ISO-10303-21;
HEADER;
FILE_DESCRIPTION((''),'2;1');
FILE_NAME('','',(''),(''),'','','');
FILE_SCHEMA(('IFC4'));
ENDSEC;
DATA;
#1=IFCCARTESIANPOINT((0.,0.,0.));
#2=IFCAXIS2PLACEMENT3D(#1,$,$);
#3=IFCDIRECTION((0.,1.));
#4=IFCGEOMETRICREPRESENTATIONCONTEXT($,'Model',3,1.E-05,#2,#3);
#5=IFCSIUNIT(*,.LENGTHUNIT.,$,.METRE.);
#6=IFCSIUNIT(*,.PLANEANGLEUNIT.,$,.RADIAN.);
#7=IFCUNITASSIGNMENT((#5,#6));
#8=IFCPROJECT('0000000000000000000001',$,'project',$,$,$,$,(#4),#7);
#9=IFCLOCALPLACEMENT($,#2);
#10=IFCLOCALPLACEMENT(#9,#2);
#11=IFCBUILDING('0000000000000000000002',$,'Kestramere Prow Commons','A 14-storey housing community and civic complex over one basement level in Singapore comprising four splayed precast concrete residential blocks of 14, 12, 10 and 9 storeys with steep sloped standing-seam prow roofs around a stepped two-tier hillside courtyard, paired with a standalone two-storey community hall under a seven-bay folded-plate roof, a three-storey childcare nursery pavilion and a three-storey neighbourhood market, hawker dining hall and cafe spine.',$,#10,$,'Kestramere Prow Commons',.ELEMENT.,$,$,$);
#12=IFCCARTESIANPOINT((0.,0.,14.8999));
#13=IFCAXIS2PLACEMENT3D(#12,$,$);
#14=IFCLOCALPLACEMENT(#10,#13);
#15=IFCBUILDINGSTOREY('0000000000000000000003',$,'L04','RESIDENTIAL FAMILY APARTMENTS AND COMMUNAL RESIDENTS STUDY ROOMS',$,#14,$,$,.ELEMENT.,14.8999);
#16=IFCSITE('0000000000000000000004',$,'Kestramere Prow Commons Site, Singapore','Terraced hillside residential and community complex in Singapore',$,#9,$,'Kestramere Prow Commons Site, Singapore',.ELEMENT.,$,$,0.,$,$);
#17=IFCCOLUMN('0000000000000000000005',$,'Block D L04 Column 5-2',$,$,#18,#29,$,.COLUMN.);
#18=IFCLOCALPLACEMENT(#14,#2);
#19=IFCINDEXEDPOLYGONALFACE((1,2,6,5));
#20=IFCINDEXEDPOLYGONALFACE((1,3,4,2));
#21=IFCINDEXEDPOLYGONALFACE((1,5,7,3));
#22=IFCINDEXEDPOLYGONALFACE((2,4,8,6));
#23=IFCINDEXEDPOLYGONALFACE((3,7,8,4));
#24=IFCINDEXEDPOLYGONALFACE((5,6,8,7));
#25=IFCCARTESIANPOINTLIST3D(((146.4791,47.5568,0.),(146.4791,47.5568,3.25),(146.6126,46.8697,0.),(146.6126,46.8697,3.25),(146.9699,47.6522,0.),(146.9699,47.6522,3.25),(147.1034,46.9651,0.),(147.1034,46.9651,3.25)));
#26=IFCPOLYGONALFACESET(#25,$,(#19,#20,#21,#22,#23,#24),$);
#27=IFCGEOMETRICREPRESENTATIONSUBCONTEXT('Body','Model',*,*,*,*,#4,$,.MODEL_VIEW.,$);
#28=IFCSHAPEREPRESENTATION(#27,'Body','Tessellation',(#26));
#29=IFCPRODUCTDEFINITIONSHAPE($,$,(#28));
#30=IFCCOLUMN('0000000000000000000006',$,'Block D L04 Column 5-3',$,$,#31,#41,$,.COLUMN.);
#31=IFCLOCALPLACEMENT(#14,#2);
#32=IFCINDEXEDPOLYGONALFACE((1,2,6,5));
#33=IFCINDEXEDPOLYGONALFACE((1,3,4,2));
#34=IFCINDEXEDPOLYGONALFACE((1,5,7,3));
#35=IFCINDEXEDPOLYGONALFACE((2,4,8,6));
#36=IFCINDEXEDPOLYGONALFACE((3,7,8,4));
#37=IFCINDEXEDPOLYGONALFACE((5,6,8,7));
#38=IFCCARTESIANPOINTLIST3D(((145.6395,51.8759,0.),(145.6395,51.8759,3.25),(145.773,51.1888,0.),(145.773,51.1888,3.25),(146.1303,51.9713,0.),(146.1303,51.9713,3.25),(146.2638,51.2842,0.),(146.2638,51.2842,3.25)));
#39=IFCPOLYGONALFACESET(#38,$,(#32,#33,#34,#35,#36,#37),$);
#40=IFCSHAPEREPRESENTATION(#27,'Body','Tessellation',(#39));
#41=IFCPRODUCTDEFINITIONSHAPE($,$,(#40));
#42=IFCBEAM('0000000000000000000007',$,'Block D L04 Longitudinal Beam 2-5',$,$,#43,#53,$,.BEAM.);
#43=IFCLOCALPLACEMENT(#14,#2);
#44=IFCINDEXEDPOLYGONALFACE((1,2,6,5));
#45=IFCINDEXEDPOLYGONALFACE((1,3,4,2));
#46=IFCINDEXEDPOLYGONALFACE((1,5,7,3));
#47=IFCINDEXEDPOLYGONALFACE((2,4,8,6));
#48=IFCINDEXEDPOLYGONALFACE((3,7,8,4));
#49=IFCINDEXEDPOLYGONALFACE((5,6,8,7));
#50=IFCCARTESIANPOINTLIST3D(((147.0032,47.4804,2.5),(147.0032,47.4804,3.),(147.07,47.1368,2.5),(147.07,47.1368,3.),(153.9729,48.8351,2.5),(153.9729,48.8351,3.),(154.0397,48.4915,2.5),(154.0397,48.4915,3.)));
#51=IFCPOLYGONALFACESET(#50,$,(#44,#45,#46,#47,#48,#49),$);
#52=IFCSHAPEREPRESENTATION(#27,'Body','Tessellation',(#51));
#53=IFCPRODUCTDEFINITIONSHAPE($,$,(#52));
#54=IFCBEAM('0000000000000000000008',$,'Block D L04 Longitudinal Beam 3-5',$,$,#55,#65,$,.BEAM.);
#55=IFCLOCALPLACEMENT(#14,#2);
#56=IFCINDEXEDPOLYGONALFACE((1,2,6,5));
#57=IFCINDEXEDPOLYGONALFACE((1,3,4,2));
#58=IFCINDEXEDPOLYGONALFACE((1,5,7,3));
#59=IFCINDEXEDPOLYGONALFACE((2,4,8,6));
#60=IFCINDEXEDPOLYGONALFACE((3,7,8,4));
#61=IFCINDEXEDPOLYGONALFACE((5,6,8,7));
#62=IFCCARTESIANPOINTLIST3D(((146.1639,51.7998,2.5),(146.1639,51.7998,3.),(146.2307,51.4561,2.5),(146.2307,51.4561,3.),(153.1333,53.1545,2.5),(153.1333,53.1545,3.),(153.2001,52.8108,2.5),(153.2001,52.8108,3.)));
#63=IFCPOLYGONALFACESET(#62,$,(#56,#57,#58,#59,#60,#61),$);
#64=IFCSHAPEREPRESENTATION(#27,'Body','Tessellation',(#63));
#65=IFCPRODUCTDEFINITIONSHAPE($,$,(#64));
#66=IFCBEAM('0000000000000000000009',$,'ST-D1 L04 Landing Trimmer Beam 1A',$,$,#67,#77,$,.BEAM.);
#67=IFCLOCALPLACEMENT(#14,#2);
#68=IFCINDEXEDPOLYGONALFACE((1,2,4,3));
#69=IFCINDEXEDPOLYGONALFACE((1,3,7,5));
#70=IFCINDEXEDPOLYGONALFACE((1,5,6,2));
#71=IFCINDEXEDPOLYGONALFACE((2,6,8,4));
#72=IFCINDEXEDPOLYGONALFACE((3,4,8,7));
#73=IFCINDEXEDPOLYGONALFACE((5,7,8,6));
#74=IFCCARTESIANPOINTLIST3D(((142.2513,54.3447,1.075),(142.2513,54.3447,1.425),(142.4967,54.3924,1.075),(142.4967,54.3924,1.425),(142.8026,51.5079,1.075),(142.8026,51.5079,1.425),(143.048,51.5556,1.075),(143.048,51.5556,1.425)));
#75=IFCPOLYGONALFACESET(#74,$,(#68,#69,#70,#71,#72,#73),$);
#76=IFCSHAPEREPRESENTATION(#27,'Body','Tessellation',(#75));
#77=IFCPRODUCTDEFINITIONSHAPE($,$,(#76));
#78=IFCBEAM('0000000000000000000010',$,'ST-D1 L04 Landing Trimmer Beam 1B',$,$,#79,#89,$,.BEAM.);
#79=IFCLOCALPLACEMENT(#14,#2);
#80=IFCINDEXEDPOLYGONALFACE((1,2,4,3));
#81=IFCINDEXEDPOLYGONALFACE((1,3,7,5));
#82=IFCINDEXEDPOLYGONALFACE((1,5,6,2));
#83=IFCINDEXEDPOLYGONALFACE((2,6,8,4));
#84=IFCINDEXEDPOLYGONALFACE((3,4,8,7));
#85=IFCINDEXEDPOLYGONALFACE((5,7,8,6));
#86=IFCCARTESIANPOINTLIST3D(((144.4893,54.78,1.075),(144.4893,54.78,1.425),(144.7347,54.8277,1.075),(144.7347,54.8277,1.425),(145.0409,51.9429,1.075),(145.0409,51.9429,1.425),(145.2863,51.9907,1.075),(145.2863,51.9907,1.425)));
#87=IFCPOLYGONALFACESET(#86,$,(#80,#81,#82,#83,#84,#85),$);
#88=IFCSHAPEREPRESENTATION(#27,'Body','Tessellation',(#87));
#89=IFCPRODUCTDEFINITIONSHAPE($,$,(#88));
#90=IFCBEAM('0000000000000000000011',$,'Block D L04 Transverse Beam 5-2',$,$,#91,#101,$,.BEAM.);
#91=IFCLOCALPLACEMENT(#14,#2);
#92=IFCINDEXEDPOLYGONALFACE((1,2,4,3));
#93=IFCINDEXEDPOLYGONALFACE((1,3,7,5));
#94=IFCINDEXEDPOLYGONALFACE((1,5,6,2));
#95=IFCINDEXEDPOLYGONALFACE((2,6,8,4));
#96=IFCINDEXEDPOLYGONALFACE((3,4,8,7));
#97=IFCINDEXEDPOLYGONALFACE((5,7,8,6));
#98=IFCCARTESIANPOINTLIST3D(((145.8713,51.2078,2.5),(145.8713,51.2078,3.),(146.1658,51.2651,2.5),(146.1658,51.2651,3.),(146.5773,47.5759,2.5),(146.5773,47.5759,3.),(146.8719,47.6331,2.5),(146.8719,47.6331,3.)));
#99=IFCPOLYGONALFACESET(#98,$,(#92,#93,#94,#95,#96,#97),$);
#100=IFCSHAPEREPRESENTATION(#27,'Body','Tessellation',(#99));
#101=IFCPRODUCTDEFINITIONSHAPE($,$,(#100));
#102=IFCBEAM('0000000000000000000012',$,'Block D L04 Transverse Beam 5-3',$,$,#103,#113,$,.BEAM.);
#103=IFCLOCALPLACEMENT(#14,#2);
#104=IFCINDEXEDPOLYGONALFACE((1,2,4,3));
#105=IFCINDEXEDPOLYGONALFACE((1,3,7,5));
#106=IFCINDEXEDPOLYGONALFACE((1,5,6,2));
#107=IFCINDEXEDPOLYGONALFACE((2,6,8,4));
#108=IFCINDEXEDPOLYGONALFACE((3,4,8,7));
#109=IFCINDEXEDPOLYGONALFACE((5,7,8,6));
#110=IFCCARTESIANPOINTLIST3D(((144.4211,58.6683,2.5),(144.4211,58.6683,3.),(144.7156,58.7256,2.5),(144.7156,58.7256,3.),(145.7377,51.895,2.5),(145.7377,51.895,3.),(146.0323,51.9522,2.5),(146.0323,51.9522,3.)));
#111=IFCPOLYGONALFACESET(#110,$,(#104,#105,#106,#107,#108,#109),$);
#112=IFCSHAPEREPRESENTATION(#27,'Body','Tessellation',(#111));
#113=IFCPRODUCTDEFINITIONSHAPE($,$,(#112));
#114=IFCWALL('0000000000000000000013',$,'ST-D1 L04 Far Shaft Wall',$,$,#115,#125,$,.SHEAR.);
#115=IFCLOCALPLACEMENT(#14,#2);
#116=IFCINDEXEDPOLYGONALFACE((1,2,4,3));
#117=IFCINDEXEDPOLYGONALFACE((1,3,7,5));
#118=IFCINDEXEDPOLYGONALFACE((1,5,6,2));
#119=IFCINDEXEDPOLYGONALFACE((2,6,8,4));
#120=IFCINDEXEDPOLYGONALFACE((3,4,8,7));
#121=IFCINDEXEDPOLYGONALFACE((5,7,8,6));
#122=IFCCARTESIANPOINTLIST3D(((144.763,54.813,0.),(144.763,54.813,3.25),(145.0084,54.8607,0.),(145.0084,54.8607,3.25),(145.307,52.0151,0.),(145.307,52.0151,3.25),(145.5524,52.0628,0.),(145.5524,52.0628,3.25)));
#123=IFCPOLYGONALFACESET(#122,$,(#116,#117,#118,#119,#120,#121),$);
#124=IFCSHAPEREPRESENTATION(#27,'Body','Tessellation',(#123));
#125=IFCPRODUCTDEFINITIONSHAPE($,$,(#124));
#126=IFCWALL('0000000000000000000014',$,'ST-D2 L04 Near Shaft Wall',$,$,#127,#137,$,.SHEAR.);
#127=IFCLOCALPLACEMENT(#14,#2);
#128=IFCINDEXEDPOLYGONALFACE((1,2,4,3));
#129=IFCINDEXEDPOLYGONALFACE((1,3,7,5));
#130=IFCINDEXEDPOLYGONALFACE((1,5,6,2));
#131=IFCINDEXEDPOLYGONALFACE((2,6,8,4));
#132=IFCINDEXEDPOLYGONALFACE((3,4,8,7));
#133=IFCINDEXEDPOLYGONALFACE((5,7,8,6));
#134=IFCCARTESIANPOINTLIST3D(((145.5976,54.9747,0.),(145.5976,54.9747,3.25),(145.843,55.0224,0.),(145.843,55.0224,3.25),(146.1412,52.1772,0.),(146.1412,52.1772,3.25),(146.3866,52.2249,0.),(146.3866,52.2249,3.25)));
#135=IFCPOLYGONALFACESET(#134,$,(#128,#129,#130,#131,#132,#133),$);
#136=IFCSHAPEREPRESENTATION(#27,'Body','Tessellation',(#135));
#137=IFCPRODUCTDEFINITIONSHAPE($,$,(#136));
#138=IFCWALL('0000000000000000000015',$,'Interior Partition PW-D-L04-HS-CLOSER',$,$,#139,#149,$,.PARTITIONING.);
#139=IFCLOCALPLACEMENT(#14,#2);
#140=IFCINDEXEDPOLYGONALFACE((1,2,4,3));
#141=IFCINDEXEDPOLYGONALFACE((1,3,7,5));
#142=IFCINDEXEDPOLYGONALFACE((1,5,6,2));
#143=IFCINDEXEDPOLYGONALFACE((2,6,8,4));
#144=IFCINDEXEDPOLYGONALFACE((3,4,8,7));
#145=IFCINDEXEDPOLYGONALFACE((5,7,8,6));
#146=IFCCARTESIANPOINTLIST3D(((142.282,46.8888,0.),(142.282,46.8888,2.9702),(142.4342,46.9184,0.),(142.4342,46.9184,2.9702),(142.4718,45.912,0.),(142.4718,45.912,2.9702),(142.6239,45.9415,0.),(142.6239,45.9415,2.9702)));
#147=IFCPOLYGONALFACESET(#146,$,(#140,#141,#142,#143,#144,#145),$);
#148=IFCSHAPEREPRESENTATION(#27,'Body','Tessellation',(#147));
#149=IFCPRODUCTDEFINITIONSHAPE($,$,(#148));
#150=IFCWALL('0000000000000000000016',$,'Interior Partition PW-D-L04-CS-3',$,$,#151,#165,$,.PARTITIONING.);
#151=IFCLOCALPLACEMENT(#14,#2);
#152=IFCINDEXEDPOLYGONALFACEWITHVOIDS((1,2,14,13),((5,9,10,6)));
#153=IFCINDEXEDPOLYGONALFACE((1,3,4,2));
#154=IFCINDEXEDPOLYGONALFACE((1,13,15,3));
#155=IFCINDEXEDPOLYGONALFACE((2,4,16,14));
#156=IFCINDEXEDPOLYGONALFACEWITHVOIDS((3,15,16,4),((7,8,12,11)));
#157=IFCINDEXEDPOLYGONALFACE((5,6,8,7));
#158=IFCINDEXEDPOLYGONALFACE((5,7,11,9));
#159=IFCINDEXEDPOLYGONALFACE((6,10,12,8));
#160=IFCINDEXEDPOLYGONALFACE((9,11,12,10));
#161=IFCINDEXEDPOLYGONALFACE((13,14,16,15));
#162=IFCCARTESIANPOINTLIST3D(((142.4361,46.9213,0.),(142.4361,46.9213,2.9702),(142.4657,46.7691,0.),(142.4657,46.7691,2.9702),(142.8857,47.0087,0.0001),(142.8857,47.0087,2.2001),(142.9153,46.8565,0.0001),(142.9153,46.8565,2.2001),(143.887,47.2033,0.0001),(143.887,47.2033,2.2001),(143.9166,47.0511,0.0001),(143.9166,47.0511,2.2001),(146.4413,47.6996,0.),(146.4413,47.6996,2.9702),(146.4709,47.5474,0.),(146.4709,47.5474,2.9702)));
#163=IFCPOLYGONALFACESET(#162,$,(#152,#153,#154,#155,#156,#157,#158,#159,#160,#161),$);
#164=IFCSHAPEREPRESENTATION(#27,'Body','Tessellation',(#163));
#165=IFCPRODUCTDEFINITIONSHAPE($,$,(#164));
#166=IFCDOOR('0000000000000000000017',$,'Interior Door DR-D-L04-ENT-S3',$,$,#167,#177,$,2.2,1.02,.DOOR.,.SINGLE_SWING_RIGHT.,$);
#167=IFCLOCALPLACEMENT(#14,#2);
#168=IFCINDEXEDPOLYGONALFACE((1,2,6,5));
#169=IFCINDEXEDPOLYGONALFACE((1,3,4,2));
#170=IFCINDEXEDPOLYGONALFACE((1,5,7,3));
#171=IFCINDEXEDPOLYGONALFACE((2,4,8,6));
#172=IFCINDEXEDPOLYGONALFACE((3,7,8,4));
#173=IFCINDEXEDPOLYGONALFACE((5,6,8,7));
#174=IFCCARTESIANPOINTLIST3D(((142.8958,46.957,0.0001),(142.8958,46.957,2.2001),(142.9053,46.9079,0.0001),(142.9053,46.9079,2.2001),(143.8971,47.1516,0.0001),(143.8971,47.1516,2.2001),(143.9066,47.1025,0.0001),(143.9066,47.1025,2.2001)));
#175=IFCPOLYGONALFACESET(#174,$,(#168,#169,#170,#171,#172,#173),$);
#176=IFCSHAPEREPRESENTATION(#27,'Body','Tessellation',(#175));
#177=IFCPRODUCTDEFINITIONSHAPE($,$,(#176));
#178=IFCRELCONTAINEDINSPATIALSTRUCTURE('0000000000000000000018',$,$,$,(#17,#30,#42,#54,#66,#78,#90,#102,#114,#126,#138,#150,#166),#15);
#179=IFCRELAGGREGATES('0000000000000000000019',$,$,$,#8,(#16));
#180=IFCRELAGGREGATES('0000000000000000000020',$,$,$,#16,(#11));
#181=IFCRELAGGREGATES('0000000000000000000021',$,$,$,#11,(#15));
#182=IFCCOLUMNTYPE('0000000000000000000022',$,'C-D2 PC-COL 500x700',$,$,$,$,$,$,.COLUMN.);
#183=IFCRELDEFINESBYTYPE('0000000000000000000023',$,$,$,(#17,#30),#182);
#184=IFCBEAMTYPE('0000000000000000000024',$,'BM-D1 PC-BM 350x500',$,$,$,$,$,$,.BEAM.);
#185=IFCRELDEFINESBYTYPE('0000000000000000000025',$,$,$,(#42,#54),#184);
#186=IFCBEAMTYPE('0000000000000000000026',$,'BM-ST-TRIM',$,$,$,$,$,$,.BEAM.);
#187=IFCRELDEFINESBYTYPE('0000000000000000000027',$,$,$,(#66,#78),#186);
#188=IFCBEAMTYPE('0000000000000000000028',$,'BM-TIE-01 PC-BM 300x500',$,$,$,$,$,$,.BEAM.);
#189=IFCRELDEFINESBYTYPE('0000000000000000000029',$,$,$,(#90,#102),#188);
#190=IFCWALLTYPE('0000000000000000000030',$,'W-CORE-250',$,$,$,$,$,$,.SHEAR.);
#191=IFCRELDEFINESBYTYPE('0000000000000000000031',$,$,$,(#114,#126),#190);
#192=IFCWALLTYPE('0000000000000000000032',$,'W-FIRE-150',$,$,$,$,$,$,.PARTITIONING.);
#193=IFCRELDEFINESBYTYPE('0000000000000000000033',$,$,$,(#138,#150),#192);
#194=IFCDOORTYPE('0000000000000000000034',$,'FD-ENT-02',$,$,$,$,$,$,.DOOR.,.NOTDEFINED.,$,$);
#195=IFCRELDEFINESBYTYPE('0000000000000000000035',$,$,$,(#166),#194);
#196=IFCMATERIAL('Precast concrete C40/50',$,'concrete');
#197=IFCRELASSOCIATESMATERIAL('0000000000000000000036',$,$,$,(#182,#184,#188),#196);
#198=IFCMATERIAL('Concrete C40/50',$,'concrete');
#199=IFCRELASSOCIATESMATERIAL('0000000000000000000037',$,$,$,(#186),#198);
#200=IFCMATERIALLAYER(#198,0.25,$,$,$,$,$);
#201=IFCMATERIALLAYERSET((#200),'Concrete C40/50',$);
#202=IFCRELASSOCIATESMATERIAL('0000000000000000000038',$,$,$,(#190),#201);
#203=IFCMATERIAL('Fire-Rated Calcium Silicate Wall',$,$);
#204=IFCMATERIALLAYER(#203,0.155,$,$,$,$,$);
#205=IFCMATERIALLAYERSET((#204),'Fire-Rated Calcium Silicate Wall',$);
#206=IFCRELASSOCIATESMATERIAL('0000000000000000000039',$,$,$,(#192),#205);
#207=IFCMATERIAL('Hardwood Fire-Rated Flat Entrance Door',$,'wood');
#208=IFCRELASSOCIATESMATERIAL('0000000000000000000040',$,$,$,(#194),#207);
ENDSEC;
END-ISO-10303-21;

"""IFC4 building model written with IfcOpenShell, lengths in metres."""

from ifc_helpers import new_model, si_unit, direction, frame, frame_2d, origin, origin_2d, place, context, subcontext, project, spatial, rectangle, extrude, material, layer, layer_set, material_profile, profile_set, type_object, element, fill, save


model = new_model("IFC4")

# Units and contexts
model_context = context("Model", 3, precision=1e-05, world=origin(), true_north=direction((0.0, 1.0)))
body_context = subcontext(model_context, "Body", "Model", "MODEL_VIEW")
ifc_project = project(units=[si_unit("LENGTHUNIT", "METRE"), si_unit("PLANEANGLEUNIT", "RADIAN")], contexts=[model_context])

# Site, building, storey
site_placement = place(None, origin())
site = spatial("IfcSite", under=ifc_project, at=site_placement, Name="Kestramere Prow Commons Site, Singapore", Description="Terraced hillside residential and community complex in Singapore", LongName="Kestramere Prow Commons Site, Singapore", CompositionType="ELEMENT", RefElevation=0.0)
building_placement = place(site_placement, origin())
building = spatial("IfcBuilding", under=site, at=building_placement, Name="Kestramere Prow Commons", Description="A 14-storey housing community and civic complex over one basement level in Singapore comprising four splayed precast concrete residential blocks of 14, 12, 10 and 9 storeys with steep sloped standing-seam prow roofs around a stepped two-tier hillside courtyard, paired with a standalone two-storey community hall under a seven-bay folded-plate roof, a three-storey childcare nursery pavilion and a three-storey neighbourhood market, hawker dining hall and cafe spine.", LongName="Kestramere Prow Commons", CompositionType="ELEMENT")
storey_placement = place(building_placement, frame((0.0, 0.0, 14.8999)))
storey = spatial("IfcBuildingStorey", under=building, at=storey_placement, Name="L04", Description="RESIDENTIAL FAMILY APARTMENTS AND COMMUNAL RESIDENTS STUDY ROOMS", CompositionType="ELEMENT", Elevation=14.8999)

# Columns
ifc_material_1 = material(Name="Precast concrete C40/50", Category="concrete")
ifc_material_profile_1 = material_profile(ifc_material_1, rectangle(XDim=0.5, YDim=0.7, at=origin_2d()), Name="PC-COL 500x700")
ifc_profile_set_1 = profile_set([ifc_material_profile_1], Name="Precast concrete C40/50")
column_type = type_object("IfcColumnType", Name="C-D2 PC-COL 500x700", PredefinedType="COLUMN", material=ifc_profile_set_1)
for number, where, z_axis, x_axis, name in (
    (1, (146.7913, 47.261, 0.0), (0.0, 0.0, 1.0), (0.981627, 0.190809, 0.0), "Block D L04 Column 5-2"),
    (2, (145.9517, 51.5801, 0.0), (0.0, 0.0, 1.0), (0.981627, 0.190809, 0.0), "Block D L04 Column 5-3"),
):
    element("IfcColumn", number, at=place(storey_placement, frame(where, z_axis=z_axis, x_axis=x_axis)), inside=storey, type_object=column_type, Name=name, PredefinedType="COLUMN", context=body_context, shape_type="SweptSolid", body=[
        extrude(rectangle(XDim=0.5, YDim=0.7, at=origin_2d()), origin(), (0.0, 0.0, 1.0), 3.25),
    ])

# Beams
ifc_material_profile_2 = material_profile(ifc_material_1, rectangle(XDim=0.3501, YDim=0.5, at=origin_2d()), Name="PC-BM 350x500")
ifc_profile_set_2 = profile_set([ifc_material_profile_2], Name="Precast concrete C40/50")
beam_type_1 = type_object("IfcBeamType", Name="BM-D1 PC-BM 350x500", PredefinedType="BEAM", material=ifc_profile_set_2)
beam_1_placement = place(storey_placement, frame((147.0366, 47.3086, 2.75), z_axis=(0.981628, 0.190803, 0.0), x_axis=(-0.190803, 0.981628, 0.0)))
element("IfcBeam", 3, at=beam_1_placement, inside=storey, type_object=beam_type_1, Name="Block D L04 Longitudinal Beam 2-5", PredefinedType="BEAM", context=body_context, shape_type="SweptSolid", body=[
    extrude(rectangle(XDim=0.3501, YDim=0.5, at=origin_2d()), origin(), (0.0, 0.0, 1.0), 7.1001),
])
beam_2_placement = place(storey_placement, frame((146.1973, 51.6279, 2.75), z_axis=(0.981627, 0.19081, 0.0), x_axis=(-0.19081, 0.981627, 0.0)))
element("IfcBeam", 4, at=beam_2_placement, inside=storey, type_object=beam_type_1, Name="Block D L04 Longitudinal Beam 3-5", PredefinedType="BEAM", context=body_context, shape_type="SweptSolid", body=[
    extrude(rectangle(XDim=0.3501, YDim=0.5, at=origin_2d()), origin(), (0.0, 0.0, 1.0), 7.0999),
])
ifc_material_2 = material(Name="Concrete C40/50", Category="concrete")
ifc_material_profile_3 = material_profile(ifc_material_2, rectangle(XDim=0.25, YDim=0.3501, at=origin_2d()), Name="PC-BM 250x350")
ifc_profile_set_3 = profile_set([ifc_material_profile_3], Name="Concrete C40/50")
beam_type_2 = type_object("IfcBeamType", Name="BM-ST-TRIM", PredefinedType="BEAM", material=ifc_profile_set_3)
beam_3_placement = place(storey_placement, frame((142.9253, 51.5317, 1.25), z_axis=(-0.190752, 0.981638, 0.0), x_axis=(-0.981638, -0.190752, 0.0)))
element("IfcBeam", 5, at=beam_3_placement, inside=storey, type_object=beam_type_2, Name="ST-D1 L04 Landing Trimmer Beam 1A", PredefinedType="BEAM", context=body_context, shape_type="SweptSolid", body=[
    extrude(rectangle(XDim=0.25, YDim=0.3501, at=origin_2d()), origin(), (0.0, 0.0, 1.0), 2.8899),
])
beam_4_placement = place(storey_placement, frame((145.1636, 51.9668, 1.25), z_axis=(-0.190833, 0.981622, 0.0), x_axis=(-0.981622, -0.190833, 0.0)))
element("IfcBeam", 6, at=beam_4_placement, inside=storey, type_object=beam_type_2, Name="ST-D1 L04 Landing Trimmer Beam 1B", PredefinedType="BEAM", context=body_context, shape_type="SweptSolid", body=[
    extrude(rectangle(XDim=0.25, YDim=0.3501, at=origin_2d()), origin(), (0.0, 0.0, 1.0), 2.8901),
])
ifc_material_profile_4 = material_profile(ifc_material_1, rectangle(XDim=0.3, YDim=0.5, at=origin_2d()), Name="PC-BM 300x500")
ifc_profile_set_4 = profile_set([ifc_material_profile_4], Name="Precast concrete C40/50")
beam_type_3 = type_object("IfcBeamType", Name="BM-TIE-01 PC-BM 300x500", PredefinedType="BEAM", material=ifc_profile_set_4)
beam_5_placement = place(storey_placement, frame((146.7246, 47.6045, 2.75), z_axis=(-0.190822, 0.981625, 0.0), x_axis=(-0.981625, -0.190822, 0.0)))
element("IfcBeam", 7, at=beam_5_placement, inside=storey, type_object=beam_type_3, Name="Block D L04 Transverse Beam 5-2", PredefinedType="BEAM", context=body_context, shape_type="SweptSolid", body=[
    extrude(rectangle(XDim=0.3, YDim=0.5, at=origin_2d()), origin(), (0.0, 0.0, 1.0), 3.7),
])
beam_6_placement = place(storey_placement, frame((145.885, 51.9236, 2.75), z_axis=(-0.190813, 0.981626, 0.0), x_axis=(-0.981626, -0.190813, 0.0)))
element("IfcBeam", 8, at=beam_6_placement, inside=storey, type_object=beam_type_3, Name="Block D L04 Transverse Beam 5-3", PredefinedType="BEAM", context=body_context, shape_type="SweptSolid", body=[
    extrude(rectangle(XDim=0.3, YDim=0.5, at=origin_2d()), origin(), (0.0, 0.0, 1.0), 6.9001),
])

# Wall
ifc_layer_1 = layer(ifc_material_2, 0.25)
ifc_layer_set_1 = layer_set([ifc_layer_1], Name="Concrete C40/50")
wall_type_1 = type_object("IfcWallType", Name="W-CORE-250", PredefinedType="SHEAR", material=ifc_layer_set_1)
wall_1_placement = place(storey_placement, frame((145.4297, 52.0388, 0.0), z_axis=(0.0, 0.0, 1.0), x_axis=(-0.190842, 0.981621, 0.0)))
element("IfcWall", 9, at=wall_1_placement, inside=storey, type_object=wall_type_1, Name="ST-D1 L04 Far Shaft Wall", PredefinedType="SHEAR", context=body_context, shape_type="SweptSolid", body=[
    extrude(rectangle(XDim=2.8503, YDim=0.25, at=frame_2d((1.4253, 0.0))), origin(), (0.0, 0.0, 1.0), 3.25),
])

# Walls
wall_2_placement = place(storey_placement, frame((146.2639, 52.2012, 0.0), z_axis=(0.0, 0.0, 1.0), x_axis=(-0.190776, 0.981634, 0.0)))
element("IfcWall", 10, at=wall_2_placement, inside=storey, type_object=wall_type_1, Name="ST-D2 L04 Near Shaft Wall", PredefinedType="SHEAR", context=body_context, shape_type="SweptSolid", body=[
    extrude(rectangle(XDim=2.8499, YDim=0.25, at=frame_2d((1.4248, 0.0))), origin(), (0.0, 0.0, 1.0), 3.25),
])
ifc_material_3 = material(Name="Fire-Rated Calcium Silicate Wall")
ifc_layer_2 = layer(ifc_material_3, 0.155)
ifc_layer_set_2 = layer_set([ifc_layer_2], Name="Fire-Rated Calcium Silicate Wall")
wall_type_2 = type_object("IfcWallType", Name="W-FIRE-150", PredefinedType="PARTITIONING", material=ifc_layer_set_2)
wall_3_placement = place(storey_placement, frame((142.5479, 45.9268, 0.0), z_axis=(0.0, 0.0, 1.0), x_axis=(-0.19064, 0.98166, 0.0)))
element("IfcWall", 11, at=wall_3_placement, inside=storey, type_object=wall_type_2, Name="Interior Partition PW-D-L04-HS-CLOSER", PredefinedType="PARTITIONING", context=body_context, shape_type="SweptSolid", body=[
    extrude(rectangle(XDim=0.9951, YDim=0.155, at=frame_2d((0.4976, 0.0))), origin(), (0.0, 0.0, 1.0), 2.9702),
])

# Wall, opening, door
wall_4_placement = place(storey_placement, frame((142.4509, 46.8452, 0.0), z_axis=(0.0, 0.0, 1.0), x_axis=(0.981636, 0.190762, 0.0)))
wall_4 = element("IfcWall", 12, at=wall_4_placement, inside=storey, type_object=wall_type_2, Name="Interior Partition PW-D-L04-CS-3", PredefinedType="PARTITIONING", context=body_context, shape_type="SweptSolid", body=[
    extrude(rectangle(XDim=4.0801, YDim=0.155, at=frame_2d((2.04, 0.0))), origin(), (0.0, 0.0, 1.0), 2.9702),
])
opening_1_placement = place(wall_4_placement, frame((0.458, 0.0, 0.0)))
opening_1 = element("IfcOpeningElement", 13, at=opening_1_placement, cuts=wall_4, PredefinedType="OPENING", context=body_context, shape_type="SweptSolid", body=[
    extrude(rectangle(XDim=1.02, YDim=2.2, at=frame_2d((0.51, 1.1001))), frame((0.0, 0.0925, 0.0), z_axis=(0.0, -1.0, 0.0), x_axis=(1.0, 0.0, 0.0)), (0.0, 0.0, 1.0), 0.1851),
])
ifc_material_4 = material(Name="Hardwood Fire-Rated Flat Entrance Door", Category="wood")
door_type_1 = type_object("IfcDoorType", Name="FD-ENT-02", OperationType="NOTDEFINED", PredefinedType="DOOR", material=ifc_material_4)
door_1_placement = place(opening_1_placement, origin())
door_1 = element("IfcDoor", 14, at=door_1_placement, inside=storey, type_object=door_type_1, Name="Interior Door DR-D-L04-ENT-S3", OperationType="SINGLE_SWING_RIGHT", OverallHeight=2.2, OverallWidth=1.02, PredefinedType="DOOR", context=body_context, shape_type="SweptSolid", body=[
    extrude(rectangle(XDim=1.02, YDim=2.2, at=frame_2d((0.51, 1.1001))), frame((0.0, 0.0249, 0.0), z_axis=(0.0, -1.0, 0.0), x_axis=(1.0, 0.0, 0.0)), (0.0, 0.0, 1.0), 0.05),
])
fill(opening_1, door_1)

save(model, "model.ifc")
